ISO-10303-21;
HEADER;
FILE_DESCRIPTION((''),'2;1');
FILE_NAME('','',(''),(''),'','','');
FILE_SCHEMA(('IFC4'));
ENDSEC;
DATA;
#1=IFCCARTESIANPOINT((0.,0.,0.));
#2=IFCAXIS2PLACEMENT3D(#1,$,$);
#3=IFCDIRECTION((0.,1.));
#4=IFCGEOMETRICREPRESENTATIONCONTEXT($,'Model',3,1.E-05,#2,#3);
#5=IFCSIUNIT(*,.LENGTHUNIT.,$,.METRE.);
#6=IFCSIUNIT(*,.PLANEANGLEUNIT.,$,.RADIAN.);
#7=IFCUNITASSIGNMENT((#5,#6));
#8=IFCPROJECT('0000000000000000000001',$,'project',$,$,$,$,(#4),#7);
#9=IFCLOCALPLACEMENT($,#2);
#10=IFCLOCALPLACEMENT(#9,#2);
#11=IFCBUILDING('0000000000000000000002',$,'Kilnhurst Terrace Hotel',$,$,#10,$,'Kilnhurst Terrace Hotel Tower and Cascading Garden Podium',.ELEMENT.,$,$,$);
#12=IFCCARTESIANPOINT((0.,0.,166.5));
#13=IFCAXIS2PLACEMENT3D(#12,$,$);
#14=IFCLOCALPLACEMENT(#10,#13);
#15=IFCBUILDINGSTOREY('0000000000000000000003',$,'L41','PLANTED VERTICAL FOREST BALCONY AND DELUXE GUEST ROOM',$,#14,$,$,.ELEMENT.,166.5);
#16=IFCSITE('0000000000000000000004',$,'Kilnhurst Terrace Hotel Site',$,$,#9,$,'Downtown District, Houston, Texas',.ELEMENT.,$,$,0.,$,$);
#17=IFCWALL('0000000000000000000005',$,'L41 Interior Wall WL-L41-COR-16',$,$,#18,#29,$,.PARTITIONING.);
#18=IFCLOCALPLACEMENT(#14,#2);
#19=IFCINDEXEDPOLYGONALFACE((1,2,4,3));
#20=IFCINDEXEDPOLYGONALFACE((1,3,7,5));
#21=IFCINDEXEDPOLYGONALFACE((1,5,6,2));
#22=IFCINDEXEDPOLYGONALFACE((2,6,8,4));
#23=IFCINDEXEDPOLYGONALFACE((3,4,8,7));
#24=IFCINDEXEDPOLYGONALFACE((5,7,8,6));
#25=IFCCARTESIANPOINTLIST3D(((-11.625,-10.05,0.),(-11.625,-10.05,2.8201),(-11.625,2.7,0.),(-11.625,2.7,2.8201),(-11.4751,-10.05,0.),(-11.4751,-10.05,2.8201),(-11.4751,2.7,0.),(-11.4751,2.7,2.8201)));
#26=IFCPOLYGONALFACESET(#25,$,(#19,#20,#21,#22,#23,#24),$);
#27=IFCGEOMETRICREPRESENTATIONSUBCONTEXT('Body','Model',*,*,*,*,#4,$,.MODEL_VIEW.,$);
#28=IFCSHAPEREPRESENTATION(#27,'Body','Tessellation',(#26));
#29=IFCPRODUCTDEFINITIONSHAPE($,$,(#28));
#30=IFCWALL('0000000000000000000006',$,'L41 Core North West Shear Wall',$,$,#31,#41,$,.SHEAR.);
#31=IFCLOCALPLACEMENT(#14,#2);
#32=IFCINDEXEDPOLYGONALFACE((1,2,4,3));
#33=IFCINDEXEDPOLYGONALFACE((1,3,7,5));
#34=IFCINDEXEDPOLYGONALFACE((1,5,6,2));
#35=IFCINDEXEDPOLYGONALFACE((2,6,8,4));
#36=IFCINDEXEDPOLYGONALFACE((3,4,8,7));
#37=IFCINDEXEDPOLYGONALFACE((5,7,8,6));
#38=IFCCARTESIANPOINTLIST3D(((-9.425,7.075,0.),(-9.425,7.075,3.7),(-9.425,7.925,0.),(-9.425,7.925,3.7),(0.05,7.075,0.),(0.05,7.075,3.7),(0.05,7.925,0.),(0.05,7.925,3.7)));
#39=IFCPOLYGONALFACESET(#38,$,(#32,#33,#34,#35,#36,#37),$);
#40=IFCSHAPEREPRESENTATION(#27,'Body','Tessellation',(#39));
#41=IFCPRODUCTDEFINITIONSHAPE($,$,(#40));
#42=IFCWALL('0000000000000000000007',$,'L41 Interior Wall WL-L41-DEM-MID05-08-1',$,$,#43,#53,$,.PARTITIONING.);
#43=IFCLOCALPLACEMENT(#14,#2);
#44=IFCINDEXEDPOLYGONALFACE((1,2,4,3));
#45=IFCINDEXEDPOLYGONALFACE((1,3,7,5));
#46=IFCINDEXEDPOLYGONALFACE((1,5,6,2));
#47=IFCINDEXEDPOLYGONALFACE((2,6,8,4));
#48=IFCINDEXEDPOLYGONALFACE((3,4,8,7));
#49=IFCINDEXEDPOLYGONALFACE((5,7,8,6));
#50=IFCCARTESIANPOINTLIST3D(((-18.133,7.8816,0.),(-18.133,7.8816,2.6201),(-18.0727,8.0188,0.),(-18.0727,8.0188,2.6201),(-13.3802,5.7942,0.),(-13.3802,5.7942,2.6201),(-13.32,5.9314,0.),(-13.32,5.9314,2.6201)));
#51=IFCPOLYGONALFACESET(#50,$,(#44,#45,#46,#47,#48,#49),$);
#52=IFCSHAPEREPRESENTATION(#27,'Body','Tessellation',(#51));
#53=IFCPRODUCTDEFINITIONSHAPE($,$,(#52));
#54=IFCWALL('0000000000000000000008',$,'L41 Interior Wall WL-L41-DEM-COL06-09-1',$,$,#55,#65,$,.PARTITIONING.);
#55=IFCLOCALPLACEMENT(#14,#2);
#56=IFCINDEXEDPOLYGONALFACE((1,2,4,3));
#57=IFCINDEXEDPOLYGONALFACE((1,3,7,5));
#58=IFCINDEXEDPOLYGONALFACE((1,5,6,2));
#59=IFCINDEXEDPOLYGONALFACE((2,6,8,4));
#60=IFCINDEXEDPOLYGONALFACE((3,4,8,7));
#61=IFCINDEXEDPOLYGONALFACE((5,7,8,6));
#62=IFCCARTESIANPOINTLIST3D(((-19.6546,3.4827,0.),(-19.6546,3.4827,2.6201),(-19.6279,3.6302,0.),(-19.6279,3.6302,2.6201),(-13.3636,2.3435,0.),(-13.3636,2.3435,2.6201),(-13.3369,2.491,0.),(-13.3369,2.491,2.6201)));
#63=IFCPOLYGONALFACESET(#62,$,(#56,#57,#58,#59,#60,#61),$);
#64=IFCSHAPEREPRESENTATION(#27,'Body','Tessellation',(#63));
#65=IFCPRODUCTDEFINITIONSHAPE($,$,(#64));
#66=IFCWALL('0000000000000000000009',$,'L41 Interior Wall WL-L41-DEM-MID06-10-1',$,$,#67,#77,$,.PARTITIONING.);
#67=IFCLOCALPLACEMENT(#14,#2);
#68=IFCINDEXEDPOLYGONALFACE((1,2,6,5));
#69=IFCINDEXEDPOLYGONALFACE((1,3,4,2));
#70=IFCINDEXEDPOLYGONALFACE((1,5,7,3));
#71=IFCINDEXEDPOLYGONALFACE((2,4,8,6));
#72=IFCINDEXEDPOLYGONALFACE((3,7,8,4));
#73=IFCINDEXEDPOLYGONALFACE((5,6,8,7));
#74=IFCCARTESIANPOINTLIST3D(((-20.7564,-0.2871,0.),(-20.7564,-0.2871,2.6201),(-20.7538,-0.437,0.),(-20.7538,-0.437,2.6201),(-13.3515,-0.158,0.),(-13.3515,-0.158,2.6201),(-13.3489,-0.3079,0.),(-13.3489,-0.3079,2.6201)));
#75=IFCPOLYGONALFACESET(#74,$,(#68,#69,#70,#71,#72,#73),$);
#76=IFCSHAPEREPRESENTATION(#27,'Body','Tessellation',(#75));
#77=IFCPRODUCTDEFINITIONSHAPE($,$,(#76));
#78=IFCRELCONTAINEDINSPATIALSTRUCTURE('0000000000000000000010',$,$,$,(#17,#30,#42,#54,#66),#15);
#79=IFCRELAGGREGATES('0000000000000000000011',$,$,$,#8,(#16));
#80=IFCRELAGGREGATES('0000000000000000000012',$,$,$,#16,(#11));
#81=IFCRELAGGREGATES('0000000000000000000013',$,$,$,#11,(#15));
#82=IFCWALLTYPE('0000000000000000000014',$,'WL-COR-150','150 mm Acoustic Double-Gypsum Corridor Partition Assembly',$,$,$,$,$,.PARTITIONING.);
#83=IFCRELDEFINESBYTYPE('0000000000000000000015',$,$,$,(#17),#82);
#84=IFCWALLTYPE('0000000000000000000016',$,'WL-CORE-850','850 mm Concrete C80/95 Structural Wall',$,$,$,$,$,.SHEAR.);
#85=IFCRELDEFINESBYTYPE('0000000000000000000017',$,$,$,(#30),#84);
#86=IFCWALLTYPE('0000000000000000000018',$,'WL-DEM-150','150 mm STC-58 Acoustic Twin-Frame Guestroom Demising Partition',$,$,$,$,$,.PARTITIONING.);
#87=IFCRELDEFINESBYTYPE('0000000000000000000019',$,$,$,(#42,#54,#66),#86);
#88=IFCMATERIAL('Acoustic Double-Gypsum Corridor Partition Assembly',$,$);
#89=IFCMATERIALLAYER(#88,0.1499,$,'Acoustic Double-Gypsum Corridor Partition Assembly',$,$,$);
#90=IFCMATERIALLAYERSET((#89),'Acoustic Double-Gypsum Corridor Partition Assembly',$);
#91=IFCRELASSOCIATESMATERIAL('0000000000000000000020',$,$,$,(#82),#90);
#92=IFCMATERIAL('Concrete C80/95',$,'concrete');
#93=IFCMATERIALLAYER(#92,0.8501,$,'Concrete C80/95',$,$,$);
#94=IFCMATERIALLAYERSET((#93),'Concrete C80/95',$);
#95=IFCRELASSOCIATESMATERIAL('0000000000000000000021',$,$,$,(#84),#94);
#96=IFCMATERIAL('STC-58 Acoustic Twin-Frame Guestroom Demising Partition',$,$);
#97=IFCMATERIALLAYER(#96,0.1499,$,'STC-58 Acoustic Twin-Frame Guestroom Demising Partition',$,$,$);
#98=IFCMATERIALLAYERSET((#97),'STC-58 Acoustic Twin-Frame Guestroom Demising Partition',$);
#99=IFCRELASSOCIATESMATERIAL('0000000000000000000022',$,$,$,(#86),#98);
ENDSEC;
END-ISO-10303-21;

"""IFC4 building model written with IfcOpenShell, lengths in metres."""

from ifc_helpers import new_model, si_unit, direction, frame, frame_2d, origin, place, context, subcontext, project, spatial, rectangle, extrude, material, layer, layer_set, type_object, element, save


model = new_model("IFC4")

# Units and contexts
model_context = context("Model", 3, precision=1e-05, world=origin(), true_north=direction((0.0, 1.0)))
body_context = subcontext(model_context, "Body", "Model", "MODEL_VIEW")
ifc_project = project(units=[si_unit("LENGTHUNIT", "METRE"), si_unit("PLANEANGLEUNIT", "RADIAN")], contexts=[model_context])

# Site, building, storey
site_placement = place(None, origin())
site = spatial("IfcSite", under=ifc_project, at=site_placement, Name="Kilnhurst Terrace Hotel Site", LongName="Downtown District, Houston, Texas", CompositionType="ELEMENT", RefElevation=0.0)
building_placement = place(site_placement, origin())
building = spatial("IfcBuilding", under=site, at=building_placement, Name="Kilnhurst Terrace Hotel", LongName="Kilnhurst Terrace Hotel Tower and Cascading Garden Podium", CompositionType="ELEMENT")
storey_placement = place(building_placement, frame((0.0, 0.0, 166.5)))
storey = spatial("IfcBuildingStorey", under=building, at=storey_placement, Name="L41", Description="PLANTED VERTICAL FOREST BALCONY AND DELUXE GUEST ROOM", CompositionType="ELEMENT", Elevation=166.5)

# Shared definitions
ifc_material_1 = material(Name="Concrete C80/95", Category="concrete")

# Shared definitions
ifc_material_2 = material(Name="Acoustic Double-Gypsum Corridor Partition Assembly")
ifc_layer_1 = layer(ifc_material_2, 0.1499, Name="Acoustic Double-Gypsum Corridor Partition Assembly")
ifc_layer_set_1 = layer_set([ifc_layer_1], Name="Acoustic Double-Gypsum Corridor Partition Assembly")
wall_type_1 = type_object("IfcWallType", Name="WL-COR-150", Description="150 mm Acoustic Double-Gypsum Corridor Partition Assembly", PredefinedType="PARTITIONING", material=ifc_layer_set_1)

# Walls
wall_1_placement = place(storey_placement, frame((-11.55, 2.7, 0.0), z_axis=(0.0, 0.0, 1.0), x_axis=(0.0, -1.0, 0.0)))
element("IfcWall", 1, at=wall_1_placement, inside=storey, type_object=wall_type_1, Name="L41 Interior Wall WL-L41-COR-16", PredefinedType="PARTITIONING", context=body_context, shape_type="SweptSolid", body=[
    extrude(rectangle(XDim=12.75, YDim=0.1499, at=frame_2d((6.375, 0.0))), origin(), (0.0, 0.0, 1.0), 2.8201),
])
ifc_layer_2 = layer(ifc_material_1, 0.8501, Name="Concrete C80/95")
ifc_layer_set_2 = layer_set([ifc_layer_2], Name="Concrete C80/95")
wall_type_2 = type_object("IfcWallType", Name="WL-CORE-850", Description="850 mm Concrete C80/95 Structural Wall", PredefinedType="SHEAR", material=ifc_layer_set_2)
wall_2_placement = place(storey_placement, frame((-9.425, 7.5, 0.0), z_axis=(0.0, 0.0, 1.0), x_axis=(1.0, 0.0, 0.0)))
element("IfcWall", 2, at=wall_2_placement, inside=storey, type_object=wall_type_2, Name="L41 Core North West Shear Wall", PredefinedType="SHEAR", context=body_context, shape_type="SweptSolid", body=[
    extrude(rectangle(XDim=9.4751, YDim=0.8501, at=frame_2d((4.7375, 0.0))), origin(), (0.0, 0.0, 1.0), 3.7),
])
ifc_material_3 = material(Name="STC-58 Acoustic Twin-Frame Guestroom Demising Partition")
ifc_layer_3 = layer(ifc_material_3, 0.1499, Name="STC-58 Acoustic Twin-Frame Guestroom Demising Partition")
ifc_layer_set_3 = layer_set([ifc_layer_3], Name="STC-58 Acoustic Twin-Frame Guestroom Demising Partition")
wall_type_3 = type_object("IfcWallType", Name="WL-DEM-150", Description="150 mm STC-58 Acoustic Twin-Frame Guestroom Demising Partition", PredefinedType="PARTITIONING", material=ifc_layer_set_3)
wall_3_placement = place(storey_placement, frame((-13.3501, 5.8628, 0.0), z_axis=(0.0, 0.0, 1.0), x_axis=(-0.915583, 0.402129, 0.0)))
element("IfcWall", 3, at=wall_3_placement, inside=storey, type_object=wall_type_3, Name="L41 Interior Wall WL-L41-DEM-MID05-08-1", PredefinedType="PARTITIONING", context=body_context, shape_type="SweptSolid", body=[
    extrude(rectangle(XDim=5.1909, YDim=0.1499, at=frame_2d((2.5955, 0.0))), origin(), (0.0, 0.0, 1.0), 2.6201),
])
wall_4_placement = place(storey_placement, frame((-13.3501, 2.4172, 0.0), z_axis=(0.0, 0.0, 1.0), x_axis=(-0.983998, 0.17818, 0.0)))
element("IfcWall", 4, at=wall_4_placement, inside=storey, type_object=wall_type_3, Name="L41 Interior Wall WL-L41-DEM-COL06-09-1", PredefinedType="PARTITIONING", context=body_context, shape_type="SweptSolid", body=[
    extrude(rectangle(XDim=6.3933, YDim=0.1499, at=frame_2d((3.1968, 0.0))), origin(), (0.0, 0.0, 1.0), 2.6201),
])
wall_5_placement = place(storey_placement, frame((-13.3501, -0.2329, 0.0), z_axis=(0.0, 0.0, 1.0), x_axis=(-0.999848, -0.017439, 0.0)))
element("IfcWall", 5, at=wall_5_placement, inside=storey, type_object=wall_type_3, Name="L41 Interior Wall WL-L41-DEM-MID06-10-1", PredefinedType="PARTITIONING", context=body_context, shape_type="SweptSolid", body=[
    extrude(rectangle(XDim=7.406, YDim=0.1499, at=frame_2d((3.7031, 0.0))), origin(), (0.0, 0.0, 1.0), 2.6201),
])

save(model, "model.ifc")
